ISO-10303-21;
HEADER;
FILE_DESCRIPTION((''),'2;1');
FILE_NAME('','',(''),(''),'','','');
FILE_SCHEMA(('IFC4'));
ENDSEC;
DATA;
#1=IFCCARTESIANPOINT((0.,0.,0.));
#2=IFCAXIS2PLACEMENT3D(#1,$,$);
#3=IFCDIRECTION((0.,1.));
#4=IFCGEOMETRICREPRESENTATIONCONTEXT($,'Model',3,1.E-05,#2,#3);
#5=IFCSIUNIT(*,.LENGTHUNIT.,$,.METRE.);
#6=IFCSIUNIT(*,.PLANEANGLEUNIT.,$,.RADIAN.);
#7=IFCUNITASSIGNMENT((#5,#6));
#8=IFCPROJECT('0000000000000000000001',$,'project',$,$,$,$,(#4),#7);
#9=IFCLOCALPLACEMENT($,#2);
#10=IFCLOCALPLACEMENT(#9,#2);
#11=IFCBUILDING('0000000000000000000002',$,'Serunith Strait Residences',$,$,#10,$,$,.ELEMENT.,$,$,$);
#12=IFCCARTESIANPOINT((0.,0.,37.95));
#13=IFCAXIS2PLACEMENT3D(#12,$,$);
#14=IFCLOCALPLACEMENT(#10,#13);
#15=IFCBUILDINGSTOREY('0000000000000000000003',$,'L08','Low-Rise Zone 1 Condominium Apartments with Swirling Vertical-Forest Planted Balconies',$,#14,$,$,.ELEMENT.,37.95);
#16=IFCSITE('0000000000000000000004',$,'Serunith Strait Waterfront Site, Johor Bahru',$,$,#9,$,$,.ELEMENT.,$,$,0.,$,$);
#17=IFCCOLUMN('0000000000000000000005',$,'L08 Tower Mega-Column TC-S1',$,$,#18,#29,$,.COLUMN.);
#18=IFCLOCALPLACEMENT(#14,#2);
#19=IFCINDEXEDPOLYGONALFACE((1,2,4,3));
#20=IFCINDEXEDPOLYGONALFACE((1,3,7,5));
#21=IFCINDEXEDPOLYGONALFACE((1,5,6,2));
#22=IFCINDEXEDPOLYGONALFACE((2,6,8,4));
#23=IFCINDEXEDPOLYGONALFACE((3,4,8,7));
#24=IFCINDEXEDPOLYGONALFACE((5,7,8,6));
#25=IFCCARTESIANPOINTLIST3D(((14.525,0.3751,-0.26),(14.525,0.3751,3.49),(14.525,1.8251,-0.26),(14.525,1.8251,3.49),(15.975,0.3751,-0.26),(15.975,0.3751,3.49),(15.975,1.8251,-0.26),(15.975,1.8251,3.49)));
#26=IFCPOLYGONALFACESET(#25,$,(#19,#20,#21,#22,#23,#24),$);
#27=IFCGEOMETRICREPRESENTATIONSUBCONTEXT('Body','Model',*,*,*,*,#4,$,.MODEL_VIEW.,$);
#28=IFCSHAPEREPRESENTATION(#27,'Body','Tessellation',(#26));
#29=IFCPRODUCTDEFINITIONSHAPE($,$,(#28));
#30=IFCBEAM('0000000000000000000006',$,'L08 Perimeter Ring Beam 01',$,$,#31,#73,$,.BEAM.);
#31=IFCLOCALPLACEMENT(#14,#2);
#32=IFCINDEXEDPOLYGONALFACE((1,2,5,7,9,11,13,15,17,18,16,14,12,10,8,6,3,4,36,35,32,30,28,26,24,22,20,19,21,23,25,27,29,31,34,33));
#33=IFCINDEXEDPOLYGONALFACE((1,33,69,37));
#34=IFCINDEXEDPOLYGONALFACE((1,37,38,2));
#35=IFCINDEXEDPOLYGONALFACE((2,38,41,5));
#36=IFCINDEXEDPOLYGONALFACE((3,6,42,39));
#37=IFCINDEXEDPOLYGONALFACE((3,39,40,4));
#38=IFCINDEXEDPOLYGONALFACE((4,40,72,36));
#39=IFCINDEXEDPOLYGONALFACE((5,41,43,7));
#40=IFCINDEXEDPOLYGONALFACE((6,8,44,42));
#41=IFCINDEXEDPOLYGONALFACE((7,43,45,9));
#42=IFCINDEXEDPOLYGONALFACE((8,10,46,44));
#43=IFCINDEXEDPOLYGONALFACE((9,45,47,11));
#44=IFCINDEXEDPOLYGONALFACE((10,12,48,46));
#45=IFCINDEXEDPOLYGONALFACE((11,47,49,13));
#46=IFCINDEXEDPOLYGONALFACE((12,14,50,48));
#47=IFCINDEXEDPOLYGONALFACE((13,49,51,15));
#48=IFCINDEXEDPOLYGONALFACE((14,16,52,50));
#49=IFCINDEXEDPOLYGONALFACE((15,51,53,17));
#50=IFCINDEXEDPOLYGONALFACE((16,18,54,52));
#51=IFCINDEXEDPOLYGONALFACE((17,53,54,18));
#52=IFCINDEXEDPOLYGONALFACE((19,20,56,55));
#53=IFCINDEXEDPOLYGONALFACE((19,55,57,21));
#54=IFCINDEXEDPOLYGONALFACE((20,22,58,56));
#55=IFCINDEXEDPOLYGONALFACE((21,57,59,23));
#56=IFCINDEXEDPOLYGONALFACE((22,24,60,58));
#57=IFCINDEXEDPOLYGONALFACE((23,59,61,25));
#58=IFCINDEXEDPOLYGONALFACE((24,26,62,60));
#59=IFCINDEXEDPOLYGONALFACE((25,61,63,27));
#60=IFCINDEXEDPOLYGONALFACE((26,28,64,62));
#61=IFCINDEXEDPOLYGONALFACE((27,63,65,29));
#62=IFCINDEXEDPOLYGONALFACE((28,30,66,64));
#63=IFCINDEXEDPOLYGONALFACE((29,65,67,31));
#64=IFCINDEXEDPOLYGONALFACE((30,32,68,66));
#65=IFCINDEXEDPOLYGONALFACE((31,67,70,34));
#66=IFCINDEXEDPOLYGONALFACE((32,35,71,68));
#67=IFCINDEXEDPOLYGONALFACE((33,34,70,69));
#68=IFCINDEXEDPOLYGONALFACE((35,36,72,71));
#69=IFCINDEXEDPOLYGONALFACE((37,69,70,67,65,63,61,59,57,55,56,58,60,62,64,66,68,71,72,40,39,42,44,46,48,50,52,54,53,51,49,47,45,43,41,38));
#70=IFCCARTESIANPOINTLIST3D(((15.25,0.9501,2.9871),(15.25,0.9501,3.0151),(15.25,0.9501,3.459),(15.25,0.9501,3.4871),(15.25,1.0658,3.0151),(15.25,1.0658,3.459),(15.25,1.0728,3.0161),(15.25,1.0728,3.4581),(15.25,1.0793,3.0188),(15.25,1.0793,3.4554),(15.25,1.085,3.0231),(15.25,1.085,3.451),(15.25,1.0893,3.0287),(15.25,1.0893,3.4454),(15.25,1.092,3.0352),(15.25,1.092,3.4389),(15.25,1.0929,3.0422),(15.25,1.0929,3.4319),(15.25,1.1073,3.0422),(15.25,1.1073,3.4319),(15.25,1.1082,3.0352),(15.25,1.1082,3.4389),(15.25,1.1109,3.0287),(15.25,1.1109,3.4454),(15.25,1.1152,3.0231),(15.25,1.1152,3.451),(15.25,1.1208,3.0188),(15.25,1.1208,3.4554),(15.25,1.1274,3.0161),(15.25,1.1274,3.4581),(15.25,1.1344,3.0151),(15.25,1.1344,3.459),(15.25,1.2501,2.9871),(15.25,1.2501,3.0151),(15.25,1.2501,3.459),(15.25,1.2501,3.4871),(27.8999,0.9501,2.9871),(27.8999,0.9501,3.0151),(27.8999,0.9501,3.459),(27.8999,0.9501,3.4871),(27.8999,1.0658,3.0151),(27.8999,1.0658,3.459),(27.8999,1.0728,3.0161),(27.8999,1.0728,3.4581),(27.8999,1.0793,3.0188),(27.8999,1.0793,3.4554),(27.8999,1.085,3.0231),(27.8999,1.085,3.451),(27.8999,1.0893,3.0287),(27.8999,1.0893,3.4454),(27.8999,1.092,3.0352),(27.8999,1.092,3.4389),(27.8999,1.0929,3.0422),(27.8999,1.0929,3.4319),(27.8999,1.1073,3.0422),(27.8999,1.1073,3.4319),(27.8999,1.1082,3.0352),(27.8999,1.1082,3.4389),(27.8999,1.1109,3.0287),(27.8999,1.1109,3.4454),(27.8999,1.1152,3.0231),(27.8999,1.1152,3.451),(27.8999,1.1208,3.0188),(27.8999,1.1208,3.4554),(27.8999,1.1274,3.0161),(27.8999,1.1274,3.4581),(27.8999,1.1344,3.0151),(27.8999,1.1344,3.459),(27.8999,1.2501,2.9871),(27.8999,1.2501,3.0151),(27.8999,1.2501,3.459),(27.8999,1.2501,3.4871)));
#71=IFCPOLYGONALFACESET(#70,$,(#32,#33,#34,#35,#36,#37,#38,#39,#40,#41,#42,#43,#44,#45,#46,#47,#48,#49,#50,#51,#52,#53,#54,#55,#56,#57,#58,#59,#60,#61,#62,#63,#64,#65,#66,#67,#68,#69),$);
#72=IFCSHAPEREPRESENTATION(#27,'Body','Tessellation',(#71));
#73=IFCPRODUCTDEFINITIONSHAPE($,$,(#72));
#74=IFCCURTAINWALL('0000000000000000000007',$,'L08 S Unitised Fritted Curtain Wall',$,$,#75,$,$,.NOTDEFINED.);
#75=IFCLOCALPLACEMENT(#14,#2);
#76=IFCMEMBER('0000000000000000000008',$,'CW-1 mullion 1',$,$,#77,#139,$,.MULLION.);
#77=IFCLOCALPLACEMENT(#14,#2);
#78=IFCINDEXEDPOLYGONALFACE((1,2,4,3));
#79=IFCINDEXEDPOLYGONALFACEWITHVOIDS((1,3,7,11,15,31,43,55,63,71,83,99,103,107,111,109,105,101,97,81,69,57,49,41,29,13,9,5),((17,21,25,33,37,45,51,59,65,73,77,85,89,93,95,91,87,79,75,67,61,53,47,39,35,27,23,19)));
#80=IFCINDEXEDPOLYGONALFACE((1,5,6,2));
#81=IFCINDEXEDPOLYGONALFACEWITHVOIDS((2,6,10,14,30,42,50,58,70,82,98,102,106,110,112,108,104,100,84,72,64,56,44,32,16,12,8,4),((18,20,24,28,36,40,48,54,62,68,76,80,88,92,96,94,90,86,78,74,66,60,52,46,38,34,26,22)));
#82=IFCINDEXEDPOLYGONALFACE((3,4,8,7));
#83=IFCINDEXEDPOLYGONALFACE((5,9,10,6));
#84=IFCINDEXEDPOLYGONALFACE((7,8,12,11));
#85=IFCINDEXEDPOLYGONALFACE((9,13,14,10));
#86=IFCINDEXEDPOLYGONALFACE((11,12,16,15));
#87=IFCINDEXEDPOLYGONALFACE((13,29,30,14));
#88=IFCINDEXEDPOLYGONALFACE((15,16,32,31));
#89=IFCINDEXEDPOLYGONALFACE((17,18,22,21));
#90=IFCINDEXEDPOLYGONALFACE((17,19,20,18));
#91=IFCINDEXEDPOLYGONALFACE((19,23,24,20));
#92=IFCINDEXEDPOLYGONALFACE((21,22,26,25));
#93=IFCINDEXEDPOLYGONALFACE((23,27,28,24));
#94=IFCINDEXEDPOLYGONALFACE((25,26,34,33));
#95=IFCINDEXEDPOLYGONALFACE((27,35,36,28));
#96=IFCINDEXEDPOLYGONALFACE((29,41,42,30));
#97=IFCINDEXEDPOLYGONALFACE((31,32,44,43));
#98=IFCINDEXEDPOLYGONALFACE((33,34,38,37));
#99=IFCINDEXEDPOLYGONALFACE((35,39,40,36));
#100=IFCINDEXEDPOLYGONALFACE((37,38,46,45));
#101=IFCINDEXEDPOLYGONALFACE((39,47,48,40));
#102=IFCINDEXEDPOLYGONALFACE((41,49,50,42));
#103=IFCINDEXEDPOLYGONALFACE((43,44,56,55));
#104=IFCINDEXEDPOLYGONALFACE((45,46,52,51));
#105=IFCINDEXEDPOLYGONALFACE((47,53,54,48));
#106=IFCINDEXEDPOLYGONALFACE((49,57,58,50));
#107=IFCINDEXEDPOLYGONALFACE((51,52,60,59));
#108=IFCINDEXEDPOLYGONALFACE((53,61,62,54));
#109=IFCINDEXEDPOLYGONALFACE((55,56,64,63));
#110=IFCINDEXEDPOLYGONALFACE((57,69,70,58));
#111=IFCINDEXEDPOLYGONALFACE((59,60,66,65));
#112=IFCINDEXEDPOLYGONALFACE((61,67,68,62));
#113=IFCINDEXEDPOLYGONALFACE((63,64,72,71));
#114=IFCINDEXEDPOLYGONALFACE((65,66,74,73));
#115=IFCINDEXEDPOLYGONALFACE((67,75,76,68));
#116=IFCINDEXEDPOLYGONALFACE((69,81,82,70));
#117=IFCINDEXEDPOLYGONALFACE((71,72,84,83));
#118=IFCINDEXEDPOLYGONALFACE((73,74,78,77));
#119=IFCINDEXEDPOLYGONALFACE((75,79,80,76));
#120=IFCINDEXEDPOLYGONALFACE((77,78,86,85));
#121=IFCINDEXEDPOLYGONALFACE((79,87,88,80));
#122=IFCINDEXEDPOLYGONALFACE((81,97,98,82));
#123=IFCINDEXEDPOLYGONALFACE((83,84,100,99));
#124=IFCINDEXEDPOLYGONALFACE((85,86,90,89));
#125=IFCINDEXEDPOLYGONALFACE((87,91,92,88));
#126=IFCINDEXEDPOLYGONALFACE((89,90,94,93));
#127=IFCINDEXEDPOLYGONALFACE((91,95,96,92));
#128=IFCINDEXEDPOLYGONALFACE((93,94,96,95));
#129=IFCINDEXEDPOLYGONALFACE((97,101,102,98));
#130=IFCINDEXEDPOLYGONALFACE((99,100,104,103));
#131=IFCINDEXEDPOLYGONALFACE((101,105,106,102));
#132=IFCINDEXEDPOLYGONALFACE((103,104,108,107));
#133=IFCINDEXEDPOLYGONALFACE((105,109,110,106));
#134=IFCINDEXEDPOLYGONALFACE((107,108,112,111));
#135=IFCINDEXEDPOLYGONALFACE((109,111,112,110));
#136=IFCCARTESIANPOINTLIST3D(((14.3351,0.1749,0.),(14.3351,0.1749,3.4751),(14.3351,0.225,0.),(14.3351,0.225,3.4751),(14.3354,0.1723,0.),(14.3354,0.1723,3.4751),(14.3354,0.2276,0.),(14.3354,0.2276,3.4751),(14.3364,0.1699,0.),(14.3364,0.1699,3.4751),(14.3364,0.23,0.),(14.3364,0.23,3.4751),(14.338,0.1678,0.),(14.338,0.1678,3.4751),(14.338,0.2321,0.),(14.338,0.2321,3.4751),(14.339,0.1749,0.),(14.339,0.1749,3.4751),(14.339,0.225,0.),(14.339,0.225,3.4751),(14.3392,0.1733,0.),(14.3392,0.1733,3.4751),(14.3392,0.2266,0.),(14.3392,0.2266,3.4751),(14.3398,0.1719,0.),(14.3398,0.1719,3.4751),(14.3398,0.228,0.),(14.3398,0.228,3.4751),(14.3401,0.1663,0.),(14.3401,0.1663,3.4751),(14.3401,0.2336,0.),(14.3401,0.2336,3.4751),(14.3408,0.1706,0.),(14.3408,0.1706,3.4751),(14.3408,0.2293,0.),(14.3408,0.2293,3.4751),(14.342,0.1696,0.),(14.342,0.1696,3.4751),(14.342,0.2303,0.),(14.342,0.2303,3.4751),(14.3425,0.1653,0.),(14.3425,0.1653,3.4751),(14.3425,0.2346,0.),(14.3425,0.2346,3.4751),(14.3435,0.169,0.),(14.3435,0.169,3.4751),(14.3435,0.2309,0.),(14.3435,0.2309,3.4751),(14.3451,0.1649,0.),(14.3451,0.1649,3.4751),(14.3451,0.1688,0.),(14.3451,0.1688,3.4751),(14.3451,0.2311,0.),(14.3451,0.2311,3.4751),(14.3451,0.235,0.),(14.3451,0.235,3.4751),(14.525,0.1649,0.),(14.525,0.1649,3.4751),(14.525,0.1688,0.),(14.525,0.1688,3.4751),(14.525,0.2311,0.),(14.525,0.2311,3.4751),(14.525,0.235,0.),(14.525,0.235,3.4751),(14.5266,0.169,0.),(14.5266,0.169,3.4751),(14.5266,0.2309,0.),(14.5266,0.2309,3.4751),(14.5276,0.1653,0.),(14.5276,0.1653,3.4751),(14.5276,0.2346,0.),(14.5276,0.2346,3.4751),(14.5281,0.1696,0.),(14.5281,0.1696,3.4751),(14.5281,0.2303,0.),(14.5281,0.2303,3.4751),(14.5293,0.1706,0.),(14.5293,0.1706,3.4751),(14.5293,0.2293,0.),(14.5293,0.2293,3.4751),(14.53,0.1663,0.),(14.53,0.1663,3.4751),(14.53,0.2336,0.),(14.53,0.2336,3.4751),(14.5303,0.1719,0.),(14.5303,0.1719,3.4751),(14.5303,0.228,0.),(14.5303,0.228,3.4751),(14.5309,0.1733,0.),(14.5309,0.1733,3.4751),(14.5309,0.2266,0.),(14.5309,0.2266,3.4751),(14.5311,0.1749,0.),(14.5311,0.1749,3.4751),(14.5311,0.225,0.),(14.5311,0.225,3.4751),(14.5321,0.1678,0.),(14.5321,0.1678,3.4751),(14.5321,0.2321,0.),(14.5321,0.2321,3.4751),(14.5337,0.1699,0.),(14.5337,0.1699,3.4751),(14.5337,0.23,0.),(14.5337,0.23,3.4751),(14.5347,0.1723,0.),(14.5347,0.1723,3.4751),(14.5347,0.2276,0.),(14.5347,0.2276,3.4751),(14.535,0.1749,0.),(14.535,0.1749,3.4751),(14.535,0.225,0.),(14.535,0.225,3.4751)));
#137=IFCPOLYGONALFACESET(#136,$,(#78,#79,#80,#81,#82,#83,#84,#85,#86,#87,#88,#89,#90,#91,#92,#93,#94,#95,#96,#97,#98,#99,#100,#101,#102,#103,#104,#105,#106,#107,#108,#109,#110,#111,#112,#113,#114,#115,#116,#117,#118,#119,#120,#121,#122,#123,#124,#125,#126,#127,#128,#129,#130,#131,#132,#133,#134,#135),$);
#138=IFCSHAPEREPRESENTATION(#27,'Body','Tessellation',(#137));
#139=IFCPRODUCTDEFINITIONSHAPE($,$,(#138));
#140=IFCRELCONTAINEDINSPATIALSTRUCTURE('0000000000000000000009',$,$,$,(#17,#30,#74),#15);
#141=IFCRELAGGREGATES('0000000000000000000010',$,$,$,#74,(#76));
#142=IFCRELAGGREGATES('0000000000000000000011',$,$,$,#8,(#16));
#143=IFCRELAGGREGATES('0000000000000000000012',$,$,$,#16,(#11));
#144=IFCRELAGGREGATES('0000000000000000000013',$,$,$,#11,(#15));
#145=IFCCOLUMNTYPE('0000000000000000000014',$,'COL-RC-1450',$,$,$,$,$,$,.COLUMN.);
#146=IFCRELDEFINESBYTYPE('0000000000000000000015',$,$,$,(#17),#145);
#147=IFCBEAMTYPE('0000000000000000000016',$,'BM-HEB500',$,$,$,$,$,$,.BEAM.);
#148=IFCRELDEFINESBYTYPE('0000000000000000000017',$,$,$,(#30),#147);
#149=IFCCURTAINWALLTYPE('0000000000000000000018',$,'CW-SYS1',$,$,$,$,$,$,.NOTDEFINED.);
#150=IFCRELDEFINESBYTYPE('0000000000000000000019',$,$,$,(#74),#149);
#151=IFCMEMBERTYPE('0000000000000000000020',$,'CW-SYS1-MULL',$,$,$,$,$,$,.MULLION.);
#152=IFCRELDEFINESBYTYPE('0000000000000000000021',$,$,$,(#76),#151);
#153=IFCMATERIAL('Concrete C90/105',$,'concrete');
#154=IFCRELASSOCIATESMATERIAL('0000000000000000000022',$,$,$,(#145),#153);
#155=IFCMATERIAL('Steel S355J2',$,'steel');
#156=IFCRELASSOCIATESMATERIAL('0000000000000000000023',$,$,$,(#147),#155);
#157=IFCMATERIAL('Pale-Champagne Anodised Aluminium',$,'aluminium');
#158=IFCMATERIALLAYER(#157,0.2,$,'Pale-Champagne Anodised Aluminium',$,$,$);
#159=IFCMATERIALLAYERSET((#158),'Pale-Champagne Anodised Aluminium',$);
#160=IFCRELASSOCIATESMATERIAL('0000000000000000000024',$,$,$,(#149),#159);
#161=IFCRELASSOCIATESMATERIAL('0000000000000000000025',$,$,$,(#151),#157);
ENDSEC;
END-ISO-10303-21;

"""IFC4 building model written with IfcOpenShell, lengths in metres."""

from ifc_helpers import new_model, si_unit, direction, frame, origin, origin_2d, place, context, subcontext, project, spatial, rectangle, hollow_rectangle, i_section, extrude, source, transform, mapped, material, layer, layer_set, material_profile, profile_set, type_object, element, aggregate, save


model = new_model("IFC4")

# Units and contexts
model_context = context("Model", 3, precision=1e-05, world=origin(), true_north=direction((0.0, 1.0)))
body_context = subcontext(model_context, "Body", "Model", "MODEL_VIEW")
ifc_project = project(units=[si_unit("LENGTHUNIT", "METRE"), si_unit("PLANEANGLEUNIT", "RADIAN")], contexts=[model_context])

# Site, building, storey
site_placement = place(None, origin())
site = spatial("IfcSite", under=ifc_project, at=site_placement, Name="Serunith Strait Waterfront Site, Johor Bahru", CompositionType="ELEMENT", RefElevation=0.0)
building_placement = place(site_placement, origin())
building = spatial("IfcBuilding", under=site, at=building_placement, Name="Serunith Strait Residences", CompositionType="ELEMENT")
storey_placement = place(building_placement, frame((0.0, 0.0, 37.95)))
storey = spatial("IfcBuildingStorey", under=building, at=storey_placement, Name="L08", Description="Low-Rise Zone 1 Condominium Apartments with Swirling Vertical-Forest Planted Balconies", CompositionType="ELEMENT", Elevation=37.95)

# Column
ifc_material_1 = material(Name="Concrete C90/105", Category="concrete")
ifc_material_profile_1 = material_profile(ifc_material_1, rectangle(XDim=1.45, YDim=1.45, at=origin_2d()), Name="RC 1450x1450")
ifc_profile_set_1 = profile_set([ifc_material_profile_1], Name="Concrete C90/105")
column_type = type_object("IfcColumnType", Name="COL-RC-1450", PredefinedType="COLUMN", material=ifc_profile_set_1)
shared_shape_1 = source(origin(), body_context, "Body", "SweptSolid", [
    extrude(rectangle(XDim=1.45, YDim=1.45, at=origin_2d()), origin(), (0.0, 0.0, 1.0), 3.75),
])
column_placement = place(storey_placement, frame((15.25, 1.1001, -0.26), z_axis=(0.0, 0.0, 1.0), x_axis=(1.0, 0.0, 0.0)))
element("IfcColumn", 1, at=column_placement, inside=storey, type_object=column_type, Name="L08 Tower Mega-Column TC-S1", PredefinedType="COLUMN", context=body_context, shape_type="MappedRepresentation", body=[
    mapped(shared_shape_1, transform((0.0, 0.0, 0.0), scale=1.0)),
])

# Beam
ifc_material_2 = material(Name="Steel S355J2", Category="steel")
ifc_material_profile_2 = material_profile(ifc_material_2, i_section(OverallWidth=0.3, OverallDepth=0.5, WebThickness=0.0144, FlangeThickness=0.0281, FilletRadius=0.0271, at=origin_2d()), Name="HEB 500")
ifc_profile_set_2 = profile_set([ifc_material_profile_2], Name="Steel S355J2")
beam_type = type_object("IfcBeamType", Name="BM-HEB500", PredefinedType="BEAM", material=ifc_profile_set_2)
shared_shape_2 = source(origin(), body_context, "Body", "SweptSolid", [
    extrude(i_section(OverallWidth=0.3, OverallDepth=0.5, WebThickness=0.0144, FlangeThickness=0.0281, FilletRadius=0.0271, at=origin_2d()), origin(), (0.0, 0.0, 1.0), 12.6499),
])
beam_placement = place(storey_placement, frame((15.25, 1.1001, 3.2371), z_axis=(1.0, 0.0, 0.0), x_axis=(0.0, 1.0, 0.0)))
element("IfcBeam", 2, at=beam_placement, inside=storey, type_object=beam_type, Name="L08 Perimeter Ring Beam 01", PredefinedType="BEAM", context=body_context, shape_type="MappedRepresentation", body=[
    mapped(shared_shape_2, transform((0.0, 0.0, 0.0), scale=1.0)),
])

# Curtain wall, member
ifc_material_3 = material(Name="Pale-Champagne Anodised Aluminium", Category="aluminium")
ifc_layer_1 = layer(ifc_material_3, 0.2, Name="Pale-Champagne Anodised Aluminium")
ifc_layer_set_1 = layer_set([ifc_layer_1], Name="Pale-Champagne Anodised Aluminium")
curtain_wall_type = type_object("IfcCurtainWallType", Name="CW-SYS1", PredefinedType="NOTDEFINED", material=ifc_layer_set_1)
curtain_wall_1_placement = place(storey_placement, origin())
curtain_wall_1 = element("IfcCurtainWall", 3, at=curtain_wall_1_placement, inside=storey, type_object=curtain_wall_type, Name="L08 S Unitised Fritted Curtain Wall", PredefinedType="NOTDEFINED")
ifc_material_profile_3 = material_profile(ifc_material_3, hollow_rectangle(XDim=0.0701, YDim=0.2, WallThickness=0.0039, InnerFilletRadius=0.0061, OuterFilletRadius=0.01, at=origin_2d()), Name="ALU 200x70x4")
ifc_profile_set_3 = profile_set([ifc_material_profile_3], Name="Pale-Champagne Anodised Aluminium")
member_type_1 = type_object("IfcMemberType", Name="CW-SYS1-MULL", PredefinedType="MULLION", material=ifc_profile_set_3)
shared_shape_3 = source(origin(), body_context, "Body", "SweptSolid", [
    extrude(hollow_rectangle(XDim=0.0701, YDim=0.2, WallThickness=0.0039, InnerFilletRadius=0.0061, OuterFilletRadius=0.01, at=origin_2d()), origin(), (0.0, 0.0, 1.0), 3.4751),
])
member_1_placement = place(storey_placement, frame((14.4351, 0.2, 0.0), z_axis=(0.0, 0.0, 1.0), x_axis=(0.0, 1.0, 0.0)))
member_1 = element("IfcMember", 4, at=member_1_placement, type_object=member_type_1, Name="CW-1 mullion 1", PredefinedType="MULLION", context=body_context, shape_type="MappedRepresentation", body=[
    mapped(shared_shape_3, transform((0.0, 0.0, 0.0), scale=1.0)),
])

aggregate(curtain_wall_1, [member_1])

save(model, "model.ifc")
